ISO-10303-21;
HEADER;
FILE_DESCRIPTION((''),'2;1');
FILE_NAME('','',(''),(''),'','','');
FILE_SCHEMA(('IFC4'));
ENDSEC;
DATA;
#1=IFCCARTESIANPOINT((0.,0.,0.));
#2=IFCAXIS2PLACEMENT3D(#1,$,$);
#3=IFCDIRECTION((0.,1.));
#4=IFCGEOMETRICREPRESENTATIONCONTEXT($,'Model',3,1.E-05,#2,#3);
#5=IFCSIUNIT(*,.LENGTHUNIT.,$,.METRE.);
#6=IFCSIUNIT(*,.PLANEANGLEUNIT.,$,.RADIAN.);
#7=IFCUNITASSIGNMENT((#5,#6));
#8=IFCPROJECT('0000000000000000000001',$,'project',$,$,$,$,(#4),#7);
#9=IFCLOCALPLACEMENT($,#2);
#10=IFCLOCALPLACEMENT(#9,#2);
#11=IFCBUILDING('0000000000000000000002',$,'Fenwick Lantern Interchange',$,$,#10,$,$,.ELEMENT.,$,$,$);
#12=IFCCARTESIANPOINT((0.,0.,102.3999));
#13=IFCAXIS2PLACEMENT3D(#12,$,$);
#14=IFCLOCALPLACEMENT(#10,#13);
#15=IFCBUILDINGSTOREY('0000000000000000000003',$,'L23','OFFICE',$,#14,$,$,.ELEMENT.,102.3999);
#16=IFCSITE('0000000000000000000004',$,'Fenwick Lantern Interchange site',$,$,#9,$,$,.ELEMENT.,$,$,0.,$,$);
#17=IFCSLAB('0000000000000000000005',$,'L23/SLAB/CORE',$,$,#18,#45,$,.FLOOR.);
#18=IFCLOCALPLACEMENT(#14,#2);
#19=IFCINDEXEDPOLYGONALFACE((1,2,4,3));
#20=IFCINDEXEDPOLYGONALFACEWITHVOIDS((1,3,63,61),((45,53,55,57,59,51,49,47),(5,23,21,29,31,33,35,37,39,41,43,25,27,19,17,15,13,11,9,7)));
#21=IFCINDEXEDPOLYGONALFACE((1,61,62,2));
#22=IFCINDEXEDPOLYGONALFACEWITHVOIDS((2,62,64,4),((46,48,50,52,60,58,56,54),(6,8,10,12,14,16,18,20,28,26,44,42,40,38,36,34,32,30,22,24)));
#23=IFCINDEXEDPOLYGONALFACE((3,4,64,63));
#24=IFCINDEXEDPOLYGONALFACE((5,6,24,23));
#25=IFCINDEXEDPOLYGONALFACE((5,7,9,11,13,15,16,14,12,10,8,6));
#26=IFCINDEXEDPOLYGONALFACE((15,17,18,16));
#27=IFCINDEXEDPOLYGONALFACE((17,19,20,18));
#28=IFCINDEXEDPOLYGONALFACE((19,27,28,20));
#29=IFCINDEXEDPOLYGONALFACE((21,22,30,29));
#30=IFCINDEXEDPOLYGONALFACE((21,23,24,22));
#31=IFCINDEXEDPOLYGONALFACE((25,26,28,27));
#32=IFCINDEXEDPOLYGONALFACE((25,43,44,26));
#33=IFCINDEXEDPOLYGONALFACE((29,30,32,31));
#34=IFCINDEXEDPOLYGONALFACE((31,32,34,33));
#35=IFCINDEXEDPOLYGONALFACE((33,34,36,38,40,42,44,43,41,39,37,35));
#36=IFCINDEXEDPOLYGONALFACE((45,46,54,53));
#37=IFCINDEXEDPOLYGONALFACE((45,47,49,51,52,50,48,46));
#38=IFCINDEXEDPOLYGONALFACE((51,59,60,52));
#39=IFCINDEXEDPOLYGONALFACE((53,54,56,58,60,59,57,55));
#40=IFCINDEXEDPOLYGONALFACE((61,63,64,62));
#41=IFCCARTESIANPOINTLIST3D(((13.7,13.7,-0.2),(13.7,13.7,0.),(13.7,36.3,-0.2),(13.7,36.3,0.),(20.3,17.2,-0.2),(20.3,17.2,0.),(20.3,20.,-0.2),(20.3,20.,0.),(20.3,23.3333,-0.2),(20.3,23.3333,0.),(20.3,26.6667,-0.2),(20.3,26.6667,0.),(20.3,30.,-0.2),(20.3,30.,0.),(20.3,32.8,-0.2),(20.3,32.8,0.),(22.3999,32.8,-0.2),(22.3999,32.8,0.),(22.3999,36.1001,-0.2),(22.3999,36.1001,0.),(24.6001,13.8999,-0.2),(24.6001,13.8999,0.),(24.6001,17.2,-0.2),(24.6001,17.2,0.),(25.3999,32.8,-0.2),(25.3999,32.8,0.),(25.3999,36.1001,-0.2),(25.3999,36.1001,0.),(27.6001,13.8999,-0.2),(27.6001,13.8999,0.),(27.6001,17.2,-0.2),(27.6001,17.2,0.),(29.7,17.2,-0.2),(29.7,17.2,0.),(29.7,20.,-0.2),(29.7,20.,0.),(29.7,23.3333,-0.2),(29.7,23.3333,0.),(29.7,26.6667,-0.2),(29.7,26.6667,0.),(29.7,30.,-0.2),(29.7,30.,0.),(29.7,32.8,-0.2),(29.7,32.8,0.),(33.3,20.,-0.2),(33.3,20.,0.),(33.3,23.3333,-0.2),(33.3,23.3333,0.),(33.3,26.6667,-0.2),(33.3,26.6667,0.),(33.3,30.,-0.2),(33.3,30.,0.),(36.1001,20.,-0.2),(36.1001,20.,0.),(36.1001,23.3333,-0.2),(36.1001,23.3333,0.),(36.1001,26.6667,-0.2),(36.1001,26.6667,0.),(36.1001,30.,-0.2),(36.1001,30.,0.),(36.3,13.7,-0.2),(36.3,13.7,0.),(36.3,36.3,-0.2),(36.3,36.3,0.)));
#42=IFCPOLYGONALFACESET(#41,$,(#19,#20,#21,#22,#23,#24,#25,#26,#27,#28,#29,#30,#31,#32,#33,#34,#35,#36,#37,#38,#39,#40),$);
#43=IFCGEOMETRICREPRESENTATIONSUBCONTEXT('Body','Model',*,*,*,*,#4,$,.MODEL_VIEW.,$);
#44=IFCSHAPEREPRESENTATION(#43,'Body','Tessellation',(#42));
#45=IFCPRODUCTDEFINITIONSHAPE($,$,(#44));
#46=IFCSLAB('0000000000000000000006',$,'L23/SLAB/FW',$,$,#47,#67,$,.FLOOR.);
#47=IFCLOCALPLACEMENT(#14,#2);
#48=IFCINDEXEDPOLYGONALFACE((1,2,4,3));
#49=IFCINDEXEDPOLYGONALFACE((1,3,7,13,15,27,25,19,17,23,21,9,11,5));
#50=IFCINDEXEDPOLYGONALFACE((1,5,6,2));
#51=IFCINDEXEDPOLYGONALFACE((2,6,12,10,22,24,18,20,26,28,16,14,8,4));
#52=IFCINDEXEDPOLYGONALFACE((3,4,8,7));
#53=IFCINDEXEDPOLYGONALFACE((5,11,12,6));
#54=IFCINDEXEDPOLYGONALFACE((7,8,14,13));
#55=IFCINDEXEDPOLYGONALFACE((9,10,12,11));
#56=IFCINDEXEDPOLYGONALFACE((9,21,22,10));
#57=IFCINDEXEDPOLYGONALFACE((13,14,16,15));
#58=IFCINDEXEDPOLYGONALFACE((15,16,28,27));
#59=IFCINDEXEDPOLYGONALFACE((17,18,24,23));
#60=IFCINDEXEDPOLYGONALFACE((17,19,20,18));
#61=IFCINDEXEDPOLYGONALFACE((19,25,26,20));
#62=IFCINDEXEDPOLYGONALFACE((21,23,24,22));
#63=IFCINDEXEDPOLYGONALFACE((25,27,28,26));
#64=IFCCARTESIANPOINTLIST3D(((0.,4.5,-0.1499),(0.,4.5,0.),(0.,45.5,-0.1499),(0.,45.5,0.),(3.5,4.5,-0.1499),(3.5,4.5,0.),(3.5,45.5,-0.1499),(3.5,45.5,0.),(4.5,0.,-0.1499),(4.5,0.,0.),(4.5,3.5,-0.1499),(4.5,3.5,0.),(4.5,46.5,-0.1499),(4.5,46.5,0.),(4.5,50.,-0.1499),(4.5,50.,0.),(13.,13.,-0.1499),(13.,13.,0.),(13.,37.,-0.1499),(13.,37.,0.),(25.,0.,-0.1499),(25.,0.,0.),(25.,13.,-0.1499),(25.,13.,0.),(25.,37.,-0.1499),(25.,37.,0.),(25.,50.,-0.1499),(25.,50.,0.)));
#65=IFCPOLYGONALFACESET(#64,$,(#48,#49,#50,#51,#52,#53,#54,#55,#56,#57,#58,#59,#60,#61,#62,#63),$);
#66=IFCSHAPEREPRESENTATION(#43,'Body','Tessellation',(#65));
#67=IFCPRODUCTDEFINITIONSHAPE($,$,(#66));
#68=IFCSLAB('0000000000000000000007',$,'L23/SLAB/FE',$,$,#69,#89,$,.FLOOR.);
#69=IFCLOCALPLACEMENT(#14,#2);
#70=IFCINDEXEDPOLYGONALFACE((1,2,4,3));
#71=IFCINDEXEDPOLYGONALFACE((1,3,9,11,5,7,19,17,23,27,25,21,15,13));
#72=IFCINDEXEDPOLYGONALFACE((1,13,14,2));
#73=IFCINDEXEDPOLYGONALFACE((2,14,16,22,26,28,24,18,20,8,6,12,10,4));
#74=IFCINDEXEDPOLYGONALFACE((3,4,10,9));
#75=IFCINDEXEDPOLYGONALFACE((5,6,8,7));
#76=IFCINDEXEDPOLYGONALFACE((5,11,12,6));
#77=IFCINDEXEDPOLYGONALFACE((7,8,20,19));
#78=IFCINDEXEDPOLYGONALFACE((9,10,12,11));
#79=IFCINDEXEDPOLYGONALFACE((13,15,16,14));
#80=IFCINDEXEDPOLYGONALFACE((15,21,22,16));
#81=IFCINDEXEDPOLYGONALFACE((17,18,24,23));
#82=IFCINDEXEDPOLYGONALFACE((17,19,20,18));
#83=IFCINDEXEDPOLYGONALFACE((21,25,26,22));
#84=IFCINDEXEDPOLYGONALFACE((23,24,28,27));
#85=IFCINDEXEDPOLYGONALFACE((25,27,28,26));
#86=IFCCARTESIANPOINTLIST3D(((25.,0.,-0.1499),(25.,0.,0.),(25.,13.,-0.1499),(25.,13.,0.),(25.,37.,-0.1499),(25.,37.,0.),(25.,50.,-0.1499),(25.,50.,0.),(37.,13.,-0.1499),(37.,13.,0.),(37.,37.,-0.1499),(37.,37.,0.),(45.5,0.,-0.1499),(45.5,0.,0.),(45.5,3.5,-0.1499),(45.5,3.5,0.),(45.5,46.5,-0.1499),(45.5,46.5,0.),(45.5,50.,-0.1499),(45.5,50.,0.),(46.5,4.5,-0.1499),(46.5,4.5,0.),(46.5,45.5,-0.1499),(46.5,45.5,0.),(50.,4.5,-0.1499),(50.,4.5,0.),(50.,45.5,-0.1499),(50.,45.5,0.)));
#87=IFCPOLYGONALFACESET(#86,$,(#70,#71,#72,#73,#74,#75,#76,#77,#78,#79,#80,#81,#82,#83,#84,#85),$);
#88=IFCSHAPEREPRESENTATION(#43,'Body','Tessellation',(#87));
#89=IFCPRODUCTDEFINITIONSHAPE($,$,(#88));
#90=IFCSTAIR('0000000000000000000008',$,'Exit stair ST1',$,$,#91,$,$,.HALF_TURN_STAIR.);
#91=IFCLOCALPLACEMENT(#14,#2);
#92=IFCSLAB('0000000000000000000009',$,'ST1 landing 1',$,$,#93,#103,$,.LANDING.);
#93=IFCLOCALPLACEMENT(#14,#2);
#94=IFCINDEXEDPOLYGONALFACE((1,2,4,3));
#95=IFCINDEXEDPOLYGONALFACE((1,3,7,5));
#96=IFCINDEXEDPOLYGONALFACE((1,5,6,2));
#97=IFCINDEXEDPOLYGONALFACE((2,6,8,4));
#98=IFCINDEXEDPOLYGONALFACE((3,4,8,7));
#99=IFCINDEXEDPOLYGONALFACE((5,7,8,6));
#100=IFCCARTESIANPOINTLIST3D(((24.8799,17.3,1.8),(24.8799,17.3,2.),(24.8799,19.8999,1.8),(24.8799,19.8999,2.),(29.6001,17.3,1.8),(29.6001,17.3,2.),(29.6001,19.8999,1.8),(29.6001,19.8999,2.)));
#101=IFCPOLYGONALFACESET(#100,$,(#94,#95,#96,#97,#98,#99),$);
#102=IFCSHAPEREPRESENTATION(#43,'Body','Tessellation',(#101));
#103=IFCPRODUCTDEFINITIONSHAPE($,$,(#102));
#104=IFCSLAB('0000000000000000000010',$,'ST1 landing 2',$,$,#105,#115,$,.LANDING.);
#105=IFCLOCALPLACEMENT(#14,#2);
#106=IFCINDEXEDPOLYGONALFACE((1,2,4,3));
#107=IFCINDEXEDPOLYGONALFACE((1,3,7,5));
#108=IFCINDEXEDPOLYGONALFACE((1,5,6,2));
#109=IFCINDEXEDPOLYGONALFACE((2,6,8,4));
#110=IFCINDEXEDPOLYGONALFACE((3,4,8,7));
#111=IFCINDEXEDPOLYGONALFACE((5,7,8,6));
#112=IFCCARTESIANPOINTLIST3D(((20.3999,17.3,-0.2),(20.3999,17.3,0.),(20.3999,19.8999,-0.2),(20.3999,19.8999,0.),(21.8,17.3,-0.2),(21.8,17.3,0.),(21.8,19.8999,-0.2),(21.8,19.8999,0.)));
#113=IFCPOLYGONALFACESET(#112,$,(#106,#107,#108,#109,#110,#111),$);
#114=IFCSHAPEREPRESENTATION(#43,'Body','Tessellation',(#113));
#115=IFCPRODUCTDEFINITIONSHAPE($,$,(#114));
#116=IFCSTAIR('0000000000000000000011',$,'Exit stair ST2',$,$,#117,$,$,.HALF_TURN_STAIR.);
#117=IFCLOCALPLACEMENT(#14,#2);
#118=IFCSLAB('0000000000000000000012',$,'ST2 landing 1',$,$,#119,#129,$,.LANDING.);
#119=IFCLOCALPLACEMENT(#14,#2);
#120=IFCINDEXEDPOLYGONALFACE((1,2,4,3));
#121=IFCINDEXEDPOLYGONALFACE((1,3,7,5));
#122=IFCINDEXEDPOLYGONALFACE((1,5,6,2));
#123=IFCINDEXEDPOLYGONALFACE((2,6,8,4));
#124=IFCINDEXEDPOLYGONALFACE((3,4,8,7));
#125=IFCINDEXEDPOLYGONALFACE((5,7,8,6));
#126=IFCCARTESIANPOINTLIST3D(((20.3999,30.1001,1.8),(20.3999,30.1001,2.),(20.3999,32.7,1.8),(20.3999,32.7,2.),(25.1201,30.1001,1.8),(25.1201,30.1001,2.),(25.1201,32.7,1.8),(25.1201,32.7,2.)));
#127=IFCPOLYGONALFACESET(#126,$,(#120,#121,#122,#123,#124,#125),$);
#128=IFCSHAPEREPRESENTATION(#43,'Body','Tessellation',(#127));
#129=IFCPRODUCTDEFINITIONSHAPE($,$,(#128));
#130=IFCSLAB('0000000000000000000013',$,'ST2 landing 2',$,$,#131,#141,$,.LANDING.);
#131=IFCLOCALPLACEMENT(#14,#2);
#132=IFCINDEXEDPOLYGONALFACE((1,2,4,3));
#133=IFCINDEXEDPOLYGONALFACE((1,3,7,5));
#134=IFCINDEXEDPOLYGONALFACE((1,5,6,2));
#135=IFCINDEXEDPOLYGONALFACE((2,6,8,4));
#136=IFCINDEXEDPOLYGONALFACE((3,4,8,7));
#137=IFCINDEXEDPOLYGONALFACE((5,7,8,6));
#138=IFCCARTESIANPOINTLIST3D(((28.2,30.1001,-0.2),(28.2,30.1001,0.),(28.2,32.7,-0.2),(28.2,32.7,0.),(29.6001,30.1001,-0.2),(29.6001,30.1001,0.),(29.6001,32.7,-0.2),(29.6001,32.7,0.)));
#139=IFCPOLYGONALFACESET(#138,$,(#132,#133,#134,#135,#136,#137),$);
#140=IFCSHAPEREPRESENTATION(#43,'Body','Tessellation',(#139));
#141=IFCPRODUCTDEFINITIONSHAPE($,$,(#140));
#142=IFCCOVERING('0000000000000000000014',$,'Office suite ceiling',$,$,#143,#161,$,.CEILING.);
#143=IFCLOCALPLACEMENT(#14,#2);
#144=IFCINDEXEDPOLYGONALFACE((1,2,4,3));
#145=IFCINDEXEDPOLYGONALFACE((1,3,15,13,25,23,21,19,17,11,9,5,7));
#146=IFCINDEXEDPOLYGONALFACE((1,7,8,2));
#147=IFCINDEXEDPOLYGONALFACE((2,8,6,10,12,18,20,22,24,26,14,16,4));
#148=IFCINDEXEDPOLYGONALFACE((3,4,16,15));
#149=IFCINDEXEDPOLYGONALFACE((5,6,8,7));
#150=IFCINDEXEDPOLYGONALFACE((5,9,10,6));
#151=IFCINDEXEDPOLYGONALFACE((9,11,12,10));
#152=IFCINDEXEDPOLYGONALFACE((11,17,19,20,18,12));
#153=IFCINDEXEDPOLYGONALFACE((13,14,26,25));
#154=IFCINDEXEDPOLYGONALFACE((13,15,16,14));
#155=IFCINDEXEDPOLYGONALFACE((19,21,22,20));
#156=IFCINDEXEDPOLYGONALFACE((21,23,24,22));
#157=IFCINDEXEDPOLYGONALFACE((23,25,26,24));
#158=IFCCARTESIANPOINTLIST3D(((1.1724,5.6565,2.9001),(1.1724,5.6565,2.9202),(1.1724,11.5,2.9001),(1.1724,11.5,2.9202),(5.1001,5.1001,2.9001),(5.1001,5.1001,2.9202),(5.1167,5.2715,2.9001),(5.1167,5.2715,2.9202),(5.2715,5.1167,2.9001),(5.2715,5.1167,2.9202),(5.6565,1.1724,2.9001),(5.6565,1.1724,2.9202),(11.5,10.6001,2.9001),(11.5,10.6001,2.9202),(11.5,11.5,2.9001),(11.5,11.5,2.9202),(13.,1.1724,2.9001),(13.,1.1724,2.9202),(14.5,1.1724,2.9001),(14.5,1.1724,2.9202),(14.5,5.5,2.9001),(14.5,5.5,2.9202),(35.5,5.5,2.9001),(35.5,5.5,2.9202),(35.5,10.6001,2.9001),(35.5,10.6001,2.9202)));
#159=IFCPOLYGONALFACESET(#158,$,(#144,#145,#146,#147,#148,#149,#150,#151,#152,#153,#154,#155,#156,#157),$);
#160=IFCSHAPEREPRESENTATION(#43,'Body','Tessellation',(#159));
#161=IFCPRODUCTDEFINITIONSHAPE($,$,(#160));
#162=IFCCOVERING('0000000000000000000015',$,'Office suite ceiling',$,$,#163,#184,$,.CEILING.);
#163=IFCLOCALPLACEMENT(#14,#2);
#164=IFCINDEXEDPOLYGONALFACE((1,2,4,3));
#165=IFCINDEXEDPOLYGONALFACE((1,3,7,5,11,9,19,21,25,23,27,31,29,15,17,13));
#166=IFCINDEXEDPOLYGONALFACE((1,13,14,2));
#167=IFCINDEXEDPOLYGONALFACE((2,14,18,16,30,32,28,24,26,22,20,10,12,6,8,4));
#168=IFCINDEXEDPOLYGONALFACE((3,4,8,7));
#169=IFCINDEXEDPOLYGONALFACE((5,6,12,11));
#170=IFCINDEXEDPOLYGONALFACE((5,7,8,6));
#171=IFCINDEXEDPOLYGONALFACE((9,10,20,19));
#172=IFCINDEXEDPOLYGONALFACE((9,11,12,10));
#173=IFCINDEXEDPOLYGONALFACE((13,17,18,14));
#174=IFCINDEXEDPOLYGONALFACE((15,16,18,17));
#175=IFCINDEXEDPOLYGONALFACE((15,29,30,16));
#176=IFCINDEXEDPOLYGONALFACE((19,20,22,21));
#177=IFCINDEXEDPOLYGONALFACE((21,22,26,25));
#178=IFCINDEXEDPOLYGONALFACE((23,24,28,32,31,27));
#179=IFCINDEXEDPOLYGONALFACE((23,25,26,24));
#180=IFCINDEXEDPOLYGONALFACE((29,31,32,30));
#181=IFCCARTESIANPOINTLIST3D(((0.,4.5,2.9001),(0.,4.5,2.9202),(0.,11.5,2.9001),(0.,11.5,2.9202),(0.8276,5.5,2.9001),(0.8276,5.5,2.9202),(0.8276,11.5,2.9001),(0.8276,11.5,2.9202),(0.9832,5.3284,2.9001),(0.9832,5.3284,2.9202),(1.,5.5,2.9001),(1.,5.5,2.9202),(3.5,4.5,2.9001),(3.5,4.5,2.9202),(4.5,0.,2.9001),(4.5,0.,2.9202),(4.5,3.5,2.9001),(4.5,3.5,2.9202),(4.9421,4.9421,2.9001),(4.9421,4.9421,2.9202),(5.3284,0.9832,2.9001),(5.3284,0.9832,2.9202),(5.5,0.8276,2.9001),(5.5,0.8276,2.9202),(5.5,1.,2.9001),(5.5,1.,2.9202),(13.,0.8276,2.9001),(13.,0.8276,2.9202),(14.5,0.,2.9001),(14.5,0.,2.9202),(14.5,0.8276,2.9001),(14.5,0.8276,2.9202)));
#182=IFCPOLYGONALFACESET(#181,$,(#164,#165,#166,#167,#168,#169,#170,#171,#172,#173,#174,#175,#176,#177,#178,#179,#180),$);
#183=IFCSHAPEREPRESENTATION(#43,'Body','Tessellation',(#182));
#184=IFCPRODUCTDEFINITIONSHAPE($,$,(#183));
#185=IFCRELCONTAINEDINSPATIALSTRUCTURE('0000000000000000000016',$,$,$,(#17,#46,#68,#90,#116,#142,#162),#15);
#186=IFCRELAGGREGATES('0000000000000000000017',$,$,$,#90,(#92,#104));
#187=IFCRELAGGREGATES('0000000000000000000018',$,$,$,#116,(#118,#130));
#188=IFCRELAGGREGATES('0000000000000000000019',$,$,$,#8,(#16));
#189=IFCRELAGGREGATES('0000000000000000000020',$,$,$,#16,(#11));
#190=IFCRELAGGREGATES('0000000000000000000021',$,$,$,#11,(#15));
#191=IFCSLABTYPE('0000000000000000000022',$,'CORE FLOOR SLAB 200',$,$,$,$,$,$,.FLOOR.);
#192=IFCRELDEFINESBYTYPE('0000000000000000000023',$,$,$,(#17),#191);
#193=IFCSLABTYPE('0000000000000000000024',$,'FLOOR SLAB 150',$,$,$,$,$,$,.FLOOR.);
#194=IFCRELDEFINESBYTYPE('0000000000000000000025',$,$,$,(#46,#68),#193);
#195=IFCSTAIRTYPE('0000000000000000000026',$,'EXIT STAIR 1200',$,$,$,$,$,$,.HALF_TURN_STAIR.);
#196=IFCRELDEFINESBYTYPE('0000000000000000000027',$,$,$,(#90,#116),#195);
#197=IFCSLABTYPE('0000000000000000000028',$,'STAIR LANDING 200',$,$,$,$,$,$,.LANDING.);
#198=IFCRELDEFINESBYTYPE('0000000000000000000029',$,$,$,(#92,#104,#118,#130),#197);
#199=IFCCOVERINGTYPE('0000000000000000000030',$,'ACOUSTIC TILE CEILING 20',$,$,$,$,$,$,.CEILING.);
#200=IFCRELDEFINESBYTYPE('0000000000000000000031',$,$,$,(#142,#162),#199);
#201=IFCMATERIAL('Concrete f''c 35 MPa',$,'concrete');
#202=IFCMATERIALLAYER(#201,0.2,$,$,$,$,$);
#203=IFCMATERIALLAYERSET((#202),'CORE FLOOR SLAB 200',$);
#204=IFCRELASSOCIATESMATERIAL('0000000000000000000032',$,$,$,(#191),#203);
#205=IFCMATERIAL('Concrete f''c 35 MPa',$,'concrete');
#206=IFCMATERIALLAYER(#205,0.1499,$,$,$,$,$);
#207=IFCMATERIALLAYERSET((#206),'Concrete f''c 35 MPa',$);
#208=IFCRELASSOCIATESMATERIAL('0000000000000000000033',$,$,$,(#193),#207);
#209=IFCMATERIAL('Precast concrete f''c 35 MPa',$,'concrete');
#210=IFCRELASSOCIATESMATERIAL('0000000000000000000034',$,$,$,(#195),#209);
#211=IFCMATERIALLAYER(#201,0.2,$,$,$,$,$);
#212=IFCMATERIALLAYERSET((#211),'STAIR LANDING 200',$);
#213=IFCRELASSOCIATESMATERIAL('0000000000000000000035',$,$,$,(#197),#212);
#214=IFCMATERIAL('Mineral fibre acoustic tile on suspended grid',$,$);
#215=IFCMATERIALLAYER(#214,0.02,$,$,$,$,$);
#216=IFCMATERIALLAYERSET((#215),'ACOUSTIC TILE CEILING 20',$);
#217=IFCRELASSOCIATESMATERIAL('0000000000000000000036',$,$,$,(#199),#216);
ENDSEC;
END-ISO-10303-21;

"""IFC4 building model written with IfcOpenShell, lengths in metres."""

from ifc_helpers import new_model, si_unit, direction, frame, origin, place, context, subcontext, project, spatial, polyline, outline, extrude, material, layer, layer_set, type_object, element, aggregate, save


model = new_model("IFC4")

# Units and contexts
model_context = context("Model", 3, precision=1e-05, world=origin(), true_north=direction((0.0, 1.0)))
body_context = subcontext(model_context, "Body", "Model", "MODEL_VIEW")
ifc_project = project(units=[si_unit("LENGTHUNIT", "METRE"), si_unit("PLANEANGLEUNIT", "RADIAN")], contexts=[model_context])

# Site, building, storey
site_placement = place(None, origin())
site = spatial("IfcSite", under=ifc_project, at=site_placement, Name="Fenwick Lantern Interchange site", CompositionType="ELEMENT", RefElevation=0.0)
building_placement = place(site_placement, origin())
building = spatial("IfcBuilding", under=site, at=building_placement, Name="Fenwick Lantern Interchange", CompositionType="ELEMENT")
storey_placement = place(building_placement, frame((0.0, 0.0, 102.3999)))
storey = spatial("IfcBuildingStorey", under=building, at=storey_placement, Name="L23", Description="OFFICE", CompositionType="ELEMENT", Elevation=102.3999)

# Slabs
ifc_material_1 = material(Name="Concrete f'c 35 MPa", Category="concrete")
ifc_layer_1 = layer(ifc_material_1, 0.2)
ifc_layer_set_1 = layer_set([ifc_layer_1], Name="CORE FLOOR SLAB 200")
slab_type_1 = type_object("IfcSlabType", Name="CORE FLOOR SLAB 200", PredefinedType="FLOOR", material=ifc_layer_set_1)
slab_1_placement = place(storey_placement, frame((0.0, 0.0, -0.2)))
element("IfcSlab", 1, at=slab_1_placement, inside=storey, type_object=slab_type_1, Name="L23/SLAB/CORE", PredefinedType="FLOOR", context=body_context, shape_type="SweptSolid", body=[
    extrude(outline(polyline([(13.7, 36.3), (36.3, 36.3), (36.3, 13.7), (13.7, 13.7), (13.7, 36.3)]), holes=[polyline([(29.7, 17.2), (29.7, 20.0), (29.7, 23.3333), (29.7, 26.6667), (29.7, 30.0), (29.7, 32.8), (25.3999, 32.8), (25.3999, 36.1001), (22.3999, 36.1001), (22.3999, 32.8), (20.3, 32.8), (20.3, 30.0), (20.3, 26.6667), (20.3, 23.3333), (20.3, 20.0), (20.3, 17.2), (24.6001, 17.2), (24.6001, 13.8999), (27.6001, 13.8999), (27.6001, 17.2), (29.7, 17.2)]), polyline([(33.3, 23.3333), (33.3, 20.0), (36.1001, 20.0), (36.1001, 23.3333), (36.1001, 26.6667), (36.1001, 30.0), (33.3, 30.0), (33.3, 26.6667), (33.3, 23.3333)])]), origin(), (0.0, 0.0, 1.0), 0.2),
])
ifc_material_2 = material(Name="Concrete f'c 35 MPa", Category="concrete")
ifc_layer_2 = layer(ifc_material_2, 0.1499)
ifc_layer_set_2 = layer_set([ifc_layer_2], Name="Concrete f'c 35 MPa")
slab_type_2 = type_object("IfcSlabType", Name="FLOOR SLAB 150", PredefinedType="FLOOR", material=ifc_layer_set_2)
slab_2_placement = place(storey_placement, frame((0.0, 0.0, -0.1499)))
element("IfcSlab", 2, at=slab_2_placement, inside=storey, type_object=slab_type_2, Name="L23/SLAB/FW", PredefinedType="FLOOR", context=body_context, shape_type="SweptSolid", body=[
    extrude(outline(polyline([(4.5, 0.0), (4.5, 3.5), (3.5, 4.5), (0.0, 4.5), (0.0, 45.5), (3.5, 45.5), (4.5, 46.5), (4.5, 50.0), (25.0, 50.0), (25.0, 37.0), (13.0, 37.0), (13.0, 13.0), (25.0, 13.0), (25.0, 0.0), (4.5, 0.0)])), origin(), (0.0, 0.0, 1.0), 0.1499),
])
slab_3_placement = place(storey_placement, frame((0.0, 0.0, -0.1499)))
element("IfcSlab", 3, at=slab_3_placement, inside=storey, type_object=slab_type_2, Name="L23/SLAB/FE", PredefinedType="FLOOR", context=body_context, shape_type="SweptSolid", body=[
    extrude(outline(polyline([(45.5, 50.0), (45.5, 46.5), (46.5, 45.5), (50.0, 45.5), (50.0, 4.5), (46.5, 4.5), (45.5, 3.5), (45.5, 0.0), (25.0, 0.0), (25.0, 13.0), (37.0, 13.0), (37.0, 37.0), (25.0, 37.0), (25.0, 50.0), (45.5, 50.0)])), origin(), (0.0, 0.0, 1.0), 0.1499),
])

# Stairs, slabs
ifc_material_3 = material(Name="Precast concrete f'c 35 MPa", Category="concrete")
stair_type = type_object("IfcStairType", Name="EXIT STAIR 1200", PredefinedType="HALF_TURN_STAIR", material=ifc_material_3)
stair_1_placement = place(storey_placement, origin())
stair_1 = element("IfcStair", 4, at=stair_1_placement, inside=storey, type_object=stair_type, Name="Exit stair ST1", PredefinedType="HALF_TURN_STAIR")
ifc_layer_3 = layer(ifc_material_1, 0.2)
ifc_layer_set_3 = layer_set([ifc_layer_3], Name="STAIR LANDING 200")
slab_type_3 = type_object("IfcSlabType", Name="STAIR LANDING 200", PredefinedType="LANDING", material=ifc_layer_set_3)
slab_4_placement = place(storey_placement, frame((0.0, 0.0, 1.8)))
slab_4 = element("IfcSlab", 5, at=slab_4_placement, type_object=slab_type_3, Name="ST1 landing 1", PredefinedType="LANDING", context=body_context, shape_type="SweptSolid", body=[
    extrude(outline(polyline([(24.8799, 17.3), (29.6001, 17.3), (29.6001, 19.8999), (24.8799, 19.8999), (24.8799, 17.3)])), origin(), (0.0, 0.0, 1.0), 0.2),
])
slab_5_placement = place(storey_placement, frame((0.0, 0.0, -0.2)))
slab_5 = element("IfcSlab", 6, at=slab_5_placement, type_object=slab_type_3, Name="ST1 landing 2", PredefinedType="LANDING", context=body_context, shape_type="SweptSolid", body=[
    extrude(outline(polyline([(20.3999, 17.3), (21.8, 17.3), (21.8, 19.8999), (20.3999, 19.8999), (20.3999, 17.3)])), origin(), (0.0, 0.0, 1.0), 0.2),
])
aggregate(stair_1, [slab_4, slab_5])
stair_2_placement = place(storey_placement, origin())
stair_2 = element("IfcStair", 7, at=stair_2_placement, inside=storey, type_object=stair_type, Name="Exit stair ST2", PredefinedType="HALF_TURN_STAIR")
slab_6_placement = place(storey_placement, frame((0.0, 0.0, 1.8)))
slab_6 = element("IfcSlab", 8, at=slab_6_placement, type_object=slab_type_3, Name="ST2 landing 1", PredefinedType="LANDING", context=body_context, shape_type="SweptSolid", body=[
    extrude(outline(polyline([(25.1201, 32.7), (20.3999, 32.7), (20.3999, 30.1001), (25.1201, 30.1001), (25.1201, 32.7)])), origin(), (0.0, 0.0, 1.0), 0.2),
])
slab_7_placement = place(storey_placement, frame((0.0, 0.0, -0.2)))
slab_7 = element("IfcSlab", 9, at=slab_7_placement, type_object=slab_type_3, Name="ST2 landing 2", PredefinedType="LANDING", context=body_context, shape_type="SweptSolid", body=[
    extrude(outline(polyline([(29.6001, 32.7), (28.2, 32.7), (28.2, 30.1001), (29.6001, 30.1001), (29.6001, 32.7)])), origin(), (0.0, 0.0, 1.0), 0.2),
])
aggregate(stair_2, [slab_6, slab_7])

# Coverings
ifc_material_4 = material(Name="Mineral fibre acoustic tile on suspended grid")
ifc_layer_4 = layer(ifc_material_4, 0.02)
ifc_layer_set_4 = layer_set([ifc_layer_4], Name="ACOUSTIC TILE CEILING 20")
covering_type_1 = type_object("IfcCoveringType", Name="ACOUSTIC TILE CEILING 20", PredefinedType="CEILING", material=ifc_layer_set_4)
covering_1_placement = place(storey_placement, frame((0.0, 0.0, 2.9001)))
element("IfcCovering", 10, at=covering_1_placement, inside=storey, type_object=covering_type_1, Name="Office suite ceiling", PredefinedType="CEILING", context=body_context, shape_type="SweptSolid", body=[
    extrude(outline(polyline([(11.5, 11.5), (1.1724, 11.5), (1.1724, 5.6565), (5.1167, 5.2715), (5.1001, 5.1001), (5.2715, 5.1167), (5.6565, 1.1724), (13.0, 1.1724), (14.5, 1.1724), (14.5, 5.5), (35.5, 5.5), (35.5, 10.6001), (11.5, 10.6001), (11.5, 11.5)])), origin(), (0.0, 0.0, 1.0), 0.02),
])
covering_2_placement = place(storey_placement, frame((0.0, 0.0, 2.9001)))
element("IfcCovering", 11, at=covering_2_placement, inside=storey, type_object=covering_type_1, Name="Office suite ceiling", PredefinedType="CEILING", context=body_context, shape_type="SweptSolid", body=[
    extrude(outline(polyline([(0.8276, 11.5), (0.0, 11.5), (0.0, 4.5), (3.5, 4.5), (4.5, 3.5), (4.5, 0.0), (14.5, 0.0), (14.5, 0.8276), (13.0, 0.8276), (5.5, 0.8276), (5.5, 1.0), (5.3284, 0.9832), (4.9421, 4.9421), (0.9832, 5.3284), (1.0, 5.5), (0.8276, 5.5), (0.8276, 11.5)])), origin(), (0.0, 0.0, 1.0), 0.02),
])

save(model, "model.ifc")
